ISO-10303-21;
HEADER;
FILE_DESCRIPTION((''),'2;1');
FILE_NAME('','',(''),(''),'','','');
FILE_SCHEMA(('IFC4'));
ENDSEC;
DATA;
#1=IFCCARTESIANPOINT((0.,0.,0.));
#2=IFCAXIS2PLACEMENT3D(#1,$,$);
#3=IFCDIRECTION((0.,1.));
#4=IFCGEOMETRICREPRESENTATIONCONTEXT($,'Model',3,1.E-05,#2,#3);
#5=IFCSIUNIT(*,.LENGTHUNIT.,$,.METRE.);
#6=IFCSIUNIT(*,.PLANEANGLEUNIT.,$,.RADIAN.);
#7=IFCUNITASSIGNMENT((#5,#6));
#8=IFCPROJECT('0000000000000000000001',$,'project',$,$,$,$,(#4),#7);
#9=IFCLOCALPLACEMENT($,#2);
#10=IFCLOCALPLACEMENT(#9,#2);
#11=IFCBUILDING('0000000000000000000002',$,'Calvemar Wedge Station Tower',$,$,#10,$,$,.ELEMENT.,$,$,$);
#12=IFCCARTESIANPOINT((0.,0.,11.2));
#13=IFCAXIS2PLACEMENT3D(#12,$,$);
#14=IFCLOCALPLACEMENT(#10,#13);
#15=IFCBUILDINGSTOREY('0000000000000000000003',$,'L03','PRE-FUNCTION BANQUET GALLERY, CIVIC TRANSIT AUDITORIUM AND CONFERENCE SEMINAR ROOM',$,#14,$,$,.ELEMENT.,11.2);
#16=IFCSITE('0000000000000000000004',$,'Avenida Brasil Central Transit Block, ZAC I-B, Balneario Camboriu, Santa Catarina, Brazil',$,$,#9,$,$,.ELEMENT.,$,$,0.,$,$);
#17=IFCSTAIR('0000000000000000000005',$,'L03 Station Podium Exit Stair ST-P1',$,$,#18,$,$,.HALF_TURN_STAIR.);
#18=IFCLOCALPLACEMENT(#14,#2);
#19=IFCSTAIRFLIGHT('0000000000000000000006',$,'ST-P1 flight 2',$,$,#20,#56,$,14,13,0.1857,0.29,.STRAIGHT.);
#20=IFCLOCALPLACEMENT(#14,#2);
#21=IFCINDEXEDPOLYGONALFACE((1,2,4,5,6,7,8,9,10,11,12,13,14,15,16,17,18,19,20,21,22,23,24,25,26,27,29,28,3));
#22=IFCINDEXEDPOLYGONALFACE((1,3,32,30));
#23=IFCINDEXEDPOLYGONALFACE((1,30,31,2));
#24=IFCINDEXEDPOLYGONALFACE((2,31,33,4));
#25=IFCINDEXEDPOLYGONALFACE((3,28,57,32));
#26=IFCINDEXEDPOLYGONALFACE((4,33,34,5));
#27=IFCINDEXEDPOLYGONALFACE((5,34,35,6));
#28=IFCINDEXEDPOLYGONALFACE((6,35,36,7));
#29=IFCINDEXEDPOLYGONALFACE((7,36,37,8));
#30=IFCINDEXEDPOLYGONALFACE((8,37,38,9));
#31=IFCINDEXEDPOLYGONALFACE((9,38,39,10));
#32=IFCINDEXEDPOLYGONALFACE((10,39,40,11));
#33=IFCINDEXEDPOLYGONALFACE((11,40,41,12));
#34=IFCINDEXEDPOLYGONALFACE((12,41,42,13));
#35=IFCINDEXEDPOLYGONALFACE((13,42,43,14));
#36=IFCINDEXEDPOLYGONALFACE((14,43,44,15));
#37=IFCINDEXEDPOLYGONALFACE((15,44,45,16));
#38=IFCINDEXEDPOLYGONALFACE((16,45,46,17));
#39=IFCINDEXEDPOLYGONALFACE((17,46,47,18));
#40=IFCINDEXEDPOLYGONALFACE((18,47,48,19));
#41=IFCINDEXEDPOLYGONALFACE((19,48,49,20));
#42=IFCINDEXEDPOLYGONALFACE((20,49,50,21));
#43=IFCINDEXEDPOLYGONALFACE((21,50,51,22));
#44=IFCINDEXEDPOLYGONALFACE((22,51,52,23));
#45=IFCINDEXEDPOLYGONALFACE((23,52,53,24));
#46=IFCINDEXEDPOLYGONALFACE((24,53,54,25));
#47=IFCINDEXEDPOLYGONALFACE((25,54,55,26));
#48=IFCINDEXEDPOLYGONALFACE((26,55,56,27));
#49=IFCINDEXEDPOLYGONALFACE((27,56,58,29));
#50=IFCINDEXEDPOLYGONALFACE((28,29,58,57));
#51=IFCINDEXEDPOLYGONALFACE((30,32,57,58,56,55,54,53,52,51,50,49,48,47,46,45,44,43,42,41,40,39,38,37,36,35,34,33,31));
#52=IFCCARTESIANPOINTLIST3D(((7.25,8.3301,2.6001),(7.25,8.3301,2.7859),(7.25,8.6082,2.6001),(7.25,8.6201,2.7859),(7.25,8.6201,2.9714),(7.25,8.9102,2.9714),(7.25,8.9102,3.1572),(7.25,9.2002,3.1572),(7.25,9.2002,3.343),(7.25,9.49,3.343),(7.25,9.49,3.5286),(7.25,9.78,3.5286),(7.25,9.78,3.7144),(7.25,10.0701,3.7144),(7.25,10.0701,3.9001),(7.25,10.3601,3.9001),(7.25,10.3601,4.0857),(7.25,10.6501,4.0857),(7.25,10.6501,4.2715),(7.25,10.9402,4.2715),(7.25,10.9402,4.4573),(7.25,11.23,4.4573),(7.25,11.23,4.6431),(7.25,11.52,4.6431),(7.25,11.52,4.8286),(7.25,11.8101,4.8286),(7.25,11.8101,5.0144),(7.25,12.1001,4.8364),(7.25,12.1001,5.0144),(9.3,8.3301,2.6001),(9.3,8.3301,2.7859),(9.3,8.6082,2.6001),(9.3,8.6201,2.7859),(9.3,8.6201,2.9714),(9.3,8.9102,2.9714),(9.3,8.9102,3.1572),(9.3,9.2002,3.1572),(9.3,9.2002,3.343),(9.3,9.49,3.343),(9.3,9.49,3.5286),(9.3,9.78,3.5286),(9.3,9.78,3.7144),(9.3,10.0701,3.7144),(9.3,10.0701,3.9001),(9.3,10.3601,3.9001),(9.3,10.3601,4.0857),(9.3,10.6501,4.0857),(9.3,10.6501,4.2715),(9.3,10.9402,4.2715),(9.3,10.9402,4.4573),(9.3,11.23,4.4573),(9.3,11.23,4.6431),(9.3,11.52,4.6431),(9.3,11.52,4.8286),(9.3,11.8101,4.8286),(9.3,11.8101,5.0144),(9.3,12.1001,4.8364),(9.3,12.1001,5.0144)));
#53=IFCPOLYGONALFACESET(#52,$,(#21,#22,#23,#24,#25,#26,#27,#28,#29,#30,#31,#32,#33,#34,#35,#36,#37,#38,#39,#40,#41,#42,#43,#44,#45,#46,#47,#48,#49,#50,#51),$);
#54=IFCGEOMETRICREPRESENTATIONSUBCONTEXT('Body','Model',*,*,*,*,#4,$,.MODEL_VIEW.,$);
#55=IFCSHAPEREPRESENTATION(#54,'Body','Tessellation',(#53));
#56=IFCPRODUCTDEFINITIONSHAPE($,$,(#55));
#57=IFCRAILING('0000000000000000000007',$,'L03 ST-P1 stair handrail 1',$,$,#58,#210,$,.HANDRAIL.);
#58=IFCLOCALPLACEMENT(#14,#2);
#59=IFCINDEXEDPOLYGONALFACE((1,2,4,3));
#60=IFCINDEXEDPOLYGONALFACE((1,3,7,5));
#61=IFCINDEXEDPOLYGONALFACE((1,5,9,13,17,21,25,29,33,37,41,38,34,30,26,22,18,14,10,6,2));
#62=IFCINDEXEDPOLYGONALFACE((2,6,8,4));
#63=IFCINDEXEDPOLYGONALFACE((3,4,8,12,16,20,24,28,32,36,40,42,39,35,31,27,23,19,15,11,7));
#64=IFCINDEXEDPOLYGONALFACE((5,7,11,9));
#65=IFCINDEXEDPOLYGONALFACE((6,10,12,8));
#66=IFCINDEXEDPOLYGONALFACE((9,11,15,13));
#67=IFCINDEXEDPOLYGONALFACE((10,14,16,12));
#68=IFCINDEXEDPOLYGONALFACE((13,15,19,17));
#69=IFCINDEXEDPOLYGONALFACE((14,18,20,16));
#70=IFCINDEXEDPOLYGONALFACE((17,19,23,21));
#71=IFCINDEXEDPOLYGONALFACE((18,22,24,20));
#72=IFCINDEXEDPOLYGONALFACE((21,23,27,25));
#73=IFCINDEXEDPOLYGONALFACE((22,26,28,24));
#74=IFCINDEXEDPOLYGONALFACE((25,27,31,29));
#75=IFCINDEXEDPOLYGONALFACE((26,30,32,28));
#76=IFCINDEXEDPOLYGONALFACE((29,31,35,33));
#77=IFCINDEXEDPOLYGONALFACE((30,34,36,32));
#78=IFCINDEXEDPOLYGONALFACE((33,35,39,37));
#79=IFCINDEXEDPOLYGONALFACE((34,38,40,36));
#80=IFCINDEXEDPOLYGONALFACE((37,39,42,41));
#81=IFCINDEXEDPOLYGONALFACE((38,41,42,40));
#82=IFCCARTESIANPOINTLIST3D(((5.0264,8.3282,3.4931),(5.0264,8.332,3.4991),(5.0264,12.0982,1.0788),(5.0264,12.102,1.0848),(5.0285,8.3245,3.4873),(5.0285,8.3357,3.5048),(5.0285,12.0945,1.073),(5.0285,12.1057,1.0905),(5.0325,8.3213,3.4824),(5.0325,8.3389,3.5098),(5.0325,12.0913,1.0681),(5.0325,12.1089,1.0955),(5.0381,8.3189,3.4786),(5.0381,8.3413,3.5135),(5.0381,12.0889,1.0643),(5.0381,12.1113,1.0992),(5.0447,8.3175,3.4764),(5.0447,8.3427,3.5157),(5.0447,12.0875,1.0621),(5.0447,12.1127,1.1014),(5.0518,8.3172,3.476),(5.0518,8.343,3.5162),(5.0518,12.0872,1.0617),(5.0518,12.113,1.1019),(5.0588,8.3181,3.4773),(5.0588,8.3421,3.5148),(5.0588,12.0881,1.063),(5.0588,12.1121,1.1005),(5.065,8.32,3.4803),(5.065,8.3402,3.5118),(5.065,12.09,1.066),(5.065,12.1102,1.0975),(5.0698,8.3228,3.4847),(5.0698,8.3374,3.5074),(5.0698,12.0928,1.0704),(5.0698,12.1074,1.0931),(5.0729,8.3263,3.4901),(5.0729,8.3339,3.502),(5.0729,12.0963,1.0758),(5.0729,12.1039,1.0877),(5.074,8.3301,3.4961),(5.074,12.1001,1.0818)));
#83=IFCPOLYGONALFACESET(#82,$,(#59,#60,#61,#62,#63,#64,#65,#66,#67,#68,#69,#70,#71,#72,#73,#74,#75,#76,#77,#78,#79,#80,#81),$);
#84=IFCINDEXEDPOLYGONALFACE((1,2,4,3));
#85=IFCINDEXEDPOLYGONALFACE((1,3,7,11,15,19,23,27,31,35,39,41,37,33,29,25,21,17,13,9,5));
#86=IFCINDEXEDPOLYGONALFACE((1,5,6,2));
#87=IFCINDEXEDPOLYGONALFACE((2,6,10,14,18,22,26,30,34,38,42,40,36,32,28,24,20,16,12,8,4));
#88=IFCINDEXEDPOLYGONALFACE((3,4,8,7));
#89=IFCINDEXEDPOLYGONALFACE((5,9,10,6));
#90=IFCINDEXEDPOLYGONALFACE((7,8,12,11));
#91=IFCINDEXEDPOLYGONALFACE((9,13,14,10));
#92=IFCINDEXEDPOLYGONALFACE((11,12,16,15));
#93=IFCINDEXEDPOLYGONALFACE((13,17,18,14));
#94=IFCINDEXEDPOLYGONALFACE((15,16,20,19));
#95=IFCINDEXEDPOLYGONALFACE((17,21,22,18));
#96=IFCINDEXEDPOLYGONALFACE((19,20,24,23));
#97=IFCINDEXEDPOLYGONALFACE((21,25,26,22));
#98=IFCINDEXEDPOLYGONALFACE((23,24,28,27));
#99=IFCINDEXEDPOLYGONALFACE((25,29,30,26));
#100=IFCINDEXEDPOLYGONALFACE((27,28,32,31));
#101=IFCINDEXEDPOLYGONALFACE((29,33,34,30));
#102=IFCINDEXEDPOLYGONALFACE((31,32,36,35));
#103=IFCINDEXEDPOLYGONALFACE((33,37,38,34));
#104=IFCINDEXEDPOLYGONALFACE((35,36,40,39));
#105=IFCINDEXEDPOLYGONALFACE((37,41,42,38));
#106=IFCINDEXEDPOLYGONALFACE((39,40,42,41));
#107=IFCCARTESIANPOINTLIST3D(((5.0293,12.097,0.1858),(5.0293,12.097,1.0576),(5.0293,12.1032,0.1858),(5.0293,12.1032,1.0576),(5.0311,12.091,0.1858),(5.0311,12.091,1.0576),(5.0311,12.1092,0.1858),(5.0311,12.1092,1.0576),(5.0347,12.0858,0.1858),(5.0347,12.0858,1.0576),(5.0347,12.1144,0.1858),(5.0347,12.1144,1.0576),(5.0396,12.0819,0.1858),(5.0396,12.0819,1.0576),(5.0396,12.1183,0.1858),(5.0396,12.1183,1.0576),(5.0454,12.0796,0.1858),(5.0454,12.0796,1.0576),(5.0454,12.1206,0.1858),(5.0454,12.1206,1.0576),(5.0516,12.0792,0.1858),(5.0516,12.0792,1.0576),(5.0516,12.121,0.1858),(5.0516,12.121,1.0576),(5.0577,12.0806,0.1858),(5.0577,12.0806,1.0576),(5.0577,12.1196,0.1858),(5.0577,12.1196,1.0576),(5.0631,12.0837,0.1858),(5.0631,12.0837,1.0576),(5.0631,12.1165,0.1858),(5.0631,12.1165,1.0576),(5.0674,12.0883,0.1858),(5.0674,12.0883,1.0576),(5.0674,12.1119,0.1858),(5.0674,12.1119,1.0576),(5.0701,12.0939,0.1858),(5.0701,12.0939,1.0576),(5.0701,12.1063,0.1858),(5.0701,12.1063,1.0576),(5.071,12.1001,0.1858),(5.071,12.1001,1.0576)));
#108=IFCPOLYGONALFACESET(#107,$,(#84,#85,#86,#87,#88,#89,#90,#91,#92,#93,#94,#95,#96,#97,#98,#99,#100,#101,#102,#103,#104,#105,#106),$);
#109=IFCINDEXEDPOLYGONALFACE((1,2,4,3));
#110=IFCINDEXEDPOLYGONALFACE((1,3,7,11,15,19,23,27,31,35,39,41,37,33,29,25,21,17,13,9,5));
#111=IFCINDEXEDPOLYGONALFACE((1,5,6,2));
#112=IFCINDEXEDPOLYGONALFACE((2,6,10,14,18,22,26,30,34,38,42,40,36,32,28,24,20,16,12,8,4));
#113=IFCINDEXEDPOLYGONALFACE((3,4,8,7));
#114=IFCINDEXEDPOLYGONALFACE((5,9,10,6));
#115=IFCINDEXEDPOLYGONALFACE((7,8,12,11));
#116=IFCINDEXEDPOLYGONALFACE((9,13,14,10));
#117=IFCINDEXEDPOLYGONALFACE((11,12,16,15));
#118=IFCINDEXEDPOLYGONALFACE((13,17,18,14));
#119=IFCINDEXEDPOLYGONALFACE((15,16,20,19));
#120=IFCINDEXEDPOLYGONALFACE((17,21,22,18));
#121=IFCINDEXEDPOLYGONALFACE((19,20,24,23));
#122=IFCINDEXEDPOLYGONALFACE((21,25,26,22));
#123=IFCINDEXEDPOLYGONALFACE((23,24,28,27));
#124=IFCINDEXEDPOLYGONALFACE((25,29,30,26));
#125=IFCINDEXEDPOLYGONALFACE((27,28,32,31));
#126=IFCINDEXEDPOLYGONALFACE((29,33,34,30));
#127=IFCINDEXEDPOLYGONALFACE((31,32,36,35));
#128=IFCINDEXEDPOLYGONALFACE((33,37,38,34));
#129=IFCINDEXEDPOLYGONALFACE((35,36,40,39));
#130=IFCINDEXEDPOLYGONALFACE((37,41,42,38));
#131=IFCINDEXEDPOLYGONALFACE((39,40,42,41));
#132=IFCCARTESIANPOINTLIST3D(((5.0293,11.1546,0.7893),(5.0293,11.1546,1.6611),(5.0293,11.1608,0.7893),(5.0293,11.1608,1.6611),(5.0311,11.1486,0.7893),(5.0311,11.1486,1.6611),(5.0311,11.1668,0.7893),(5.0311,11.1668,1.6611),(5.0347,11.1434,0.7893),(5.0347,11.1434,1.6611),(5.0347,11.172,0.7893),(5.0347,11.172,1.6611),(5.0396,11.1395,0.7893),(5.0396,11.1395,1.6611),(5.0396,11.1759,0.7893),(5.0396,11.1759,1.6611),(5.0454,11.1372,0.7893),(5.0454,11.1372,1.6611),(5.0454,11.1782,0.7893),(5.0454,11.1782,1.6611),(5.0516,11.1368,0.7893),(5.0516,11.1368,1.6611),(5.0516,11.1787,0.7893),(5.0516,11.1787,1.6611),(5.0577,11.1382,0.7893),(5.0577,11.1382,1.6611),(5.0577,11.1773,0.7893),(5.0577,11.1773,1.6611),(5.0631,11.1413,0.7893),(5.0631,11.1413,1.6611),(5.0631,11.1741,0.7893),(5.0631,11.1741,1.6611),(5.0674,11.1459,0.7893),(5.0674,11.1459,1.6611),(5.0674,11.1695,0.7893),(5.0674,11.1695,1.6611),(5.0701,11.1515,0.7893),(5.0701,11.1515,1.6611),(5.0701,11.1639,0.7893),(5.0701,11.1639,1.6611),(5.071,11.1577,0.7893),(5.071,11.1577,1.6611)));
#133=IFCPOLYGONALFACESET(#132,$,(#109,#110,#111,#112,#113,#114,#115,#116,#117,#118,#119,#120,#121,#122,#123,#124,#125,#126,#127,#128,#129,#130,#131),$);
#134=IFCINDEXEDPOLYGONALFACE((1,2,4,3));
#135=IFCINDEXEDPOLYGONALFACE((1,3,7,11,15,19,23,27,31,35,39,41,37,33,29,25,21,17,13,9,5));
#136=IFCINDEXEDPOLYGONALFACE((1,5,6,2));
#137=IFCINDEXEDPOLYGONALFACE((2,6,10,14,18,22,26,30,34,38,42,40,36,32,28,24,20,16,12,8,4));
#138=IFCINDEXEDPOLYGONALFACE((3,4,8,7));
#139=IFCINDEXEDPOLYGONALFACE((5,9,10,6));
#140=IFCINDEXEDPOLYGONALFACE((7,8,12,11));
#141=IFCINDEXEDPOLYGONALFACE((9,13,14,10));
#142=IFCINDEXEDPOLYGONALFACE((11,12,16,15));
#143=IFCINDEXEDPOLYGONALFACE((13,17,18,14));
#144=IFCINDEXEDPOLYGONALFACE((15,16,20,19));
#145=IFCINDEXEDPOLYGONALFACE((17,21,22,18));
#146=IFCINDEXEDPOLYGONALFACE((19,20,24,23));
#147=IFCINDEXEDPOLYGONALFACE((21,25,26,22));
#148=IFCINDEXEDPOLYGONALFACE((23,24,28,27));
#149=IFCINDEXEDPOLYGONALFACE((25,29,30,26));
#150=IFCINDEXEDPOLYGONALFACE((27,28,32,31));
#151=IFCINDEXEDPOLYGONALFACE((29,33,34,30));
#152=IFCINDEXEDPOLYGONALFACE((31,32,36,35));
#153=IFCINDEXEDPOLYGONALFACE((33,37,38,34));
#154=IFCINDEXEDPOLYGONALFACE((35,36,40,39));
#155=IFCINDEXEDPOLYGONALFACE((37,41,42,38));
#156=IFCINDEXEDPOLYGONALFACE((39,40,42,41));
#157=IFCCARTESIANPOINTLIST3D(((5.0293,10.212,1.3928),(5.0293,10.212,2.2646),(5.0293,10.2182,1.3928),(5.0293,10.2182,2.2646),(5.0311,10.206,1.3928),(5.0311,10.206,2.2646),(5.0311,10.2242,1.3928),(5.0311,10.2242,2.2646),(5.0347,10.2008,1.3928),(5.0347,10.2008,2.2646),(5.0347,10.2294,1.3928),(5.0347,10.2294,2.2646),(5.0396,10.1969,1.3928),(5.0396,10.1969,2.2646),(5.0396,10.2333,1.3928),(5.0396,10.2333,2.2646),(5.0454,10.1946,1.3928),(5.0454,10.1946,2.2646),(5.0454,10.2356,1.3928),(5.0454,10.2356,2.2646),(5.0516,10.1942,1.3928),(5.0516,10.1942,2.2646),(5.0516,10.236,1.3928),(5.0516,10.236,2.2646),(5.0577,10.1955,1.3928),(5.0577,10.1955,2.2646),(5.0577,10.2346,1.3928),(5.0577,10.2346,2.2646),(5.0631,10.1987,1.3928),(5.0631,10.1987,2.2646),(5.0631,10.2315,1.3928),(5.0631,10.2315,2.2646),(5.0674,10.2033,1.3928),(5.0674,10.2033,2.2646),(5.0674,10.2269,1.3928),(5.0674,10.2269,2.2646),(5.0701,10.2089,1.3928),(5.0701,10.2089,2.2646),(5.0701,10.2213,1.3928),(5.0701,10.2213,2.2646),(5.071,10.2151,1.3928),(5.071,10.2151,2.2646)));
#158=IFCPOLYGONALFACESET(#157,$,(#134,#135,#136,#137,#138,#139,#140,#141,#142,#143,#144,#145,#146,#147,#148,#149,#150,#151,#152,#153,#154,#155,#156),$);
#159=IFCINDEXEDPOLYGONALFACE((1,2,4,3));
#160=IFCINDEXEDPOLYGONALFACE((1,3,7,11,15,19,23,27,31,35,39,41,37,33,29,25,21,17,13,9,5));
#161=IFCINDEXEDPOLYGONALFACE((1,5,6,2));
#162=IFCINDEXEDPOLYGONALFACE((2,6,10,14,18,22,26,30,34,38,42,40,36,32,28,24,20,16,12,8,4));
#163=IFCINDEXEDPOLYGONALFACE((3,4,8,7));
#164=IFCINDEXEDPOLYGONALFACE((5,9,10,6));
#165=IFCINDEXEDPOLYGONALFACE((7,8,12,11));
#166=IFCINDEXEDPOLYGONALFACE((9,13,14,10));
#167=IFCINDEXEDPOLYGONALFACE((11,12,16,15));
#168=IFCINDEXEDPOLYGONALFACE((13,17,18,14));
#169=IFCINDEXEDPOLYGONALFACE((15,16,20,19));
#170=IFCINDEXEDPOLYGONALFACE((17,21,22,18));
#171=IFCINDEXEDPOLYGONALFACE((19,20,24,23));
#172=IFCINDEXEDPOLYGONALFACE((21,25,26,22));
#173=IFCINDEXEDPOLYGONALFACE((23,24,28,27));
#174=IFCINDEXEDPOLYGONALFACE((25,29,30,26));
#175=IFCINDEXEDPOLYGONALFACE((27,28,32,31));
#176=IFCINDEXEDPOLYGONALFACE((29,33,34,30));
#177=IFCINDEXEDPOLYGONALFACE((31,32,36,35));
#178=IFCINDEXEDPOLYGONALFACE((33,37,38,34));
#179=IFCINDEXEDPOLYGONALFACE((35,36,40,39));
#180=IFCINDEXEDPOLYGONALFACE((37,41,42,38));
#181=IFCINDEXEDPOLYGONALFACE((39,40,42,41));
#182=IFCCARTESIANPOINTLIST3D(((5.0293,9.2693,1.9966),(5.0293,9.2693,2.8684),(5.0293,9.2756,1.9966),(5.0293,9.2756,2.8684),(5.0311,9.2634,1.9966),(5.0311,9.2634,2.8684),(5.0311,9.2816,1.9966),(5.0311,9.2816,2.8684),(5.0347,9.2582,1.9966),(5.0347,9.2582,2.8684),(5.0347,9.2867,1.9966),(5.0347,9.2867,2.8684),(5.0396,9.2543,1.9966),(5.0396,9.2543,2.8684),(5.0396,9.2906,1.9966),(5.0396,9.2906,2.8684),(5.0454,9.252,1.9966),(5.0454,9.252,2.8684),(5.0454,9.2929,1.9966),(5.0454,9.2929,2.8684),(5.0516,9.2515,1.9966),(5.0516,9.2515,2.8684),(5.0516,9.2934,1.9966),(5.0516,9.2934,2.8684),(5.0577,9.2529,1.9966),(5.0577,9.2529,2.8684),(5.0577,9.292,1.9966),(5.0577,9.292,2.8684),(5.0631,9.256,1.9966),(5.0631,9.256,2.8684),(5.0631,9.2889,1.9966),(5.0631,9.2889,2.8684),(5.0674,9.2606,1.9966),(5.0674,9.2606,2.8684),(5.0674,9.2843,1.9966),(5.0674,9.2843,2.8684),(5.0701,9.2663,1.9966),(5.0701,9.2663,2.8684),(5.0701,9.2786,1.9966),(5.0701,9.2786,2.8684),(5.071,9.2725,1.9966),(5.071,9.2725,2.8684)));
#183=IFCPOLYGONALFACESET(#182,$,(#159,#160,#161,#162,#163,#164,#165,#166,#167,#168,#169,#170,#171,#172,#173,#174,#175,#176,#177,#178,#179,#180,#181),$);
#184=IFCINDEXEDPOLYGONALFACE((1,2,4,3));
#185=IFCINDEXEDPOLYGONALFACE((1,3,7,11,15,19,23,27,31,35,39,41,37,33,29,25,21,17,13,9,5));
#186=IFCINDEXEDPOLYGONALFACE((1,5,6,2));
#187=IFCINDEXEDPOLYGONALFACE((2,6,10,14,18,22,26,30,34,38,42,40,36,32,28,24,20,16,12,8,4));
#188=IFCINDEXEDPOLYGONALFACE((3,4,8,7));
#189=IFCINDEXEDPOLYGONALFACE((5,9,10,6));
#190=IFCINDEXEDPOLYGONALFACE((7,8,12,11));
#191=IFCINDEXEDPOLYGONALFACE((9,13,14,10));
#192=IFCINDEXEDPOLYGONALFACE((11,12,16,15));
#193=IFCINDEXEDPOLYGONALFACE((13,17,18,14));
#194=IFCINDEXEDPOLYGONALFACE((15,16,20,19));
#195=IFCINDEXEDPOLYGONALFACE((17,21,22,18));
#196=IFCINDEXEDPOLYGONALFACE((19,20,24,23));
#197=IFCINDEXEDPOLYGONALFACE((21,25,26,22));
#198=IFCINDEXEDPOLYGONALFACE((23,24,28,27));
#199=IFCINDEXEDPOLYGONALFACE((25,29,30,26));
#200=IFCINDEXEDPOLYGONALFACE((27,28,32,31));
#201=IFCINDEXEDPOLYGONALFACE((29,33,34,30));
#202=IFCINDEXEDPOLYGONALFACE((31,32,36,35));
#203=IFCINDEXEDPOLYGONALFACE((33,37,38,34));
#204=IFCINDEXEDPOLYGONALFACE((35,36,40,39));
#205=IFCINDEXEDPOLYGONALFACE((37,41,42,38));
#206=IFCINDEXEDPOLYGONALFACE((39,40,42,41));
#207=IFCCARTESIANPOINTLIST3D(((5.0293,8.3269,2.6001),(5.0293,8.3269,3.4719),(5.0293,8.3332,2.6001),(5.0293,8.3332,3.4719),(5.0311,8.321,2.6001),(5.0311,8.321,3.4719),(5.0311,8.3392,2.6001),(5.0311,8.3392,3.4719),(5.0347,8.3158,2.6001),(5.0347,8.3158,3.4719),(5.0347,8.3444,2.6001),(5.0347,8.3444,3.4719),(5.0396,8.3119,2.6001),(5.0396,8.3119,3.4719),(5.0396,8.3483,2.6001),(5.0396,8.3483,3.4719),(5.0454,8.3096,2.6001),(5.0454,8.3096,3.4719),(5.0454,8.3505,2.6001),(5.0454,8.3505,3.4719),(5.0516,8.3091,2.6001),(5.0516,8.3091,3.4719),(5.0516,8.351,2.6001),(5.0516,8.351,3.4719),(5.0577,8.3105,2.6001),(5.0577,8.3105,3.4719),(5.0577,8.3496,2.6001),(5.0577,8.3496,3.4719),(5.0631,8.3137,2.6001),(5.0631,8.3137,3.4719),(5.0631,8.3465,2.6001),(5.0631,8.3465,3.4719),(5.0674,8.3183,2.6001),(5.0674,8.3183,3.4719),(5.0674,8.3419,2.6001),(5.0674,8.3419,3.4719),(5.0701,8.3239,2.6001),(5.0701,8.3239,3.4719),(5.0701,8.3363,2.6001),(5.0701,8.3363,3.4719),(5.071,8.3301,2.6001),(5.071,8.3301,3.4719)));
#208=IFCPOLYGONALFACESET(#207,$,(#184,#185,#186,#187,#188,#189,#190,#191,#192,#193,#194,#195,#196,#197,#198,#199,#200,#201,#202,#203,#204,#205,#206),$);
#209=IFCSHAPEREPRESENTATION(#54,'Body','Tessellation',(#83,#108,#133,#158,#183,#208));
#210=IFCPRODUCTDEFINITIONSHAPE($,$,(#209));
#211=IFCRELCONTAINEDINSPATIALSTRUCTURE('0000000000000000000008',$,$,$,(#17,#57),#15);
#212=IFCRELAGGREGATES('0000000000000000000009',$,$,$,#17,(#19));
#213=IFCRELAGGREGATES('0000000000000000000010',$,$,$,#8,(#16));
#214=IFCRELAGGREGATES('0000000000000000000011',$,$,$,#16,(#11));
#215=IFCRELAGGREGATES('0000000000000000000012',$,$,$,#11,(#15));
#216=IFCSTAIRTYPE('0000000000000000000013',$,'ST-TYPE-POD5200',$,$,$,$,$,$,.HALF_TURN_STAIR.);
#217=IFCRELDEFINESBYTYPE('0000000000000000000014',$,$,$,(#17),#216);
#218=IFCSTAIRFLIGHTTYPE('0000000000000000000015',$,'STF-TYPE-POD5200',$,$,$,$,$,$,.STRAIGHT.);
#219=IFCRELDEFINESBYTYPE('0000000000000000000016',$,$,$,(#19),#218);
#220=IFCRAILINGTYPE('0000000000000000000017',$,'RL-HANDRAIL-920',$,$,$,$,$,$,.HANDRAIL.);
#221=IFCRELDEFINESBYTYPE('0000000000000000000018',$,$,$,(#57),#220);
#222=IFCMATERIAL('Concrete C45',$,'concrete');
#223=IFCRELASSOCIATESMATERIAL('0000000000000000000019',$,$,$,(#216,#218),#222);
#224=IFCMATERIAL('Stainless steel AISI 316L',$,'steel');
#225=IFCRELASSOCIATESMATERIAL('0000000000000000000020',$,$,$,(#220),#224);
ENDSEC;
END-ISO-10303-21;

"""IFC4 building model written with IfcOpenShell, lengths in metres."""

from ifc_helpers import new_model, si_unit, direction, frame, origin, origin_2d, place, context, subcontext, project, spatial, polyline, circle, outline, extrude, material, type_object, element, aggregate, save


model = new_model("IFC4")

# Units and contexts
model_context = context("Model", 3, precision=1e-05, world=origin(), true_north=direction((0.0, 1.0)))
body_context = subcontext(model_context, "Body", "Model", "MODEL_VIEW")
ifc_project = project(units=[si_unit("LENGTHUNIT", "METRE"), si_unit("PLANEANGLEUNIT", "RADIAN")], contexts=[model_context])

# Site, building, storey
site_placement = place(None, origin())
site = spatial("IfcSite", under=ifc_project, at=site_placement, Name="Avenida Brasil Central Transit Block, ZAC I-B, Balneario Camboriu, Santa Catarina, Brazil", CompositionType="ELEMENT", RefElevation=0.0)
building_placement = place(site_placement, origin())
building = spatial("IfcBuilding", under=site, at=building_placement, Name="Calvemar Wedge Station Tower", CompositionType="ELEMENT")
storey_placement = place(building_placement, frame((0.0, 0.0, 11.2)))
storey = spatial("IfcBuildingStorey", under=building, at=storey_placement, Name="L03", Description="PRE-FUNCTION BANQUET GALLERY, CIVIC TRANSIT AUDITORIUM AND CONFERENCE SEMINAR ROOM", CompositionType="ELEMENT", Elevation=11.2)

# Stair, stair flight
ifc_material_1 = material(Name="Concrete C45", Category="concrete")
stair_type = type_object("IfcStairType", Name="ST-TYPE-POD5200", PredefinedType="HALF_TURN_STAIR", material=ifc_material_1)
stair_placement = place(storey_placement, origin())
stair = element("IfcStair", 1, at=stair_placement, inside=storey, type_object=stair_type, Name="L03 Station Podium Exit Stair ST-P1", PredefinedType="HALF_TURN_STAIR")
stair_flight_type = type_object("IfcStairFlightType", Name="STF-TYPE-POD5200", PredefinedType="STRAIGHT", material=ifc_material_1)
stair_flight_1_placement = place(storey_placement, frame((8.2749, 8.3301, 2.6001), z_axis=(0.0, 0.0, 1.0), x_axis=(0.0, 1.0, 0.0)))
stair_flight_1 = element("IfcStairFlight", 2, at=stair_flight_1_placement, type_object=stair_flight_type, Name="ST-P1 flight 2", NumberOfRisers=14, NumberOfTreads=13, PredefinedType="STRAIGHT", RiserHeight=0.1857, TreadLength=0.29, context=body_context, shape_type="SweptSolid", body=[
    extrude(outline(polyline([(0.0, 0.0), (0.0, 0.1858), (0.29, 0.1858), (0.29, 0.3713), (0.5801, 0.3713), (0.5801, 0.5571), (0.8701, 0.5571), (0.8701, 0.7429), (1.1599, 0.7429), (1.1599, 0.9285), (1.45, 0.9285), (1.45, 1.1143), (1.74, 1.1143), (1.74, 1.3), (2.03, 1.3), (2.03, 1.4856), (2.3201, 1.4856), (2.3201, 1.6714), (2.6101, 1.6714), (2.6101, 1.8572), (2.8999, 1.8572), (2.8999, 2.043), (3.1899, 2.043), (3.1899, 2.2285), (3.48, 2.2285), (3.48, 2.4143), (3.77, 2.4143), (3.77, 2.6001), (3.77, 2.2363), (0.2781, 0.0), (0.0, 0.0)])), frame((0.0, 1.0249, 0.0), z_axis=(0.0, -1.0, 0.0), x_axis=(1.0, 0.0, 0.0)), (0.0, 0.0, 1.0), 2.05),
])
aggregate(stair, [stair_flight_1])

# Railing
ifc_material_2 = material(Name="Stainless steel AISI 316L", Category="steel")
railing_type_1 = type_object("IfcRailingType", Name="RL-HANDRAIL-920", PredefinedType="HANDRAIL", material=ifc_material_2)
railing_1_placement = place(storey_placement, frame((5.05, 12.1001, 0.1858)))
element("IfcRailing", 3, at=railing_1_placement, inside=storey, type_object=railing_type_1, Name="L03 ST-P1 stair handrail 1", PredefinedType="HANDRAIL", context=body_context, shape_type="SweptSolid", body=[
    extrude(circle(Radius=0.0239, at=origin_2d()), frame((0.0, 0.0, 0.896), z_axis=(0.0, -0.84212, 0.53929), x_axis=(1.0, 0.0, 0.0)), (0.0, 0.0, 1.0), 4.4768),
    extrude(circle(Radius=0.021, at=origin_2d()), origin(), (0.0, 0.0, 1.0), 0.8718),
    extrude(circle(Radius=0.021, at=origin_2d()), frame((0.0, -0.9424, 0.6035)), (0.0, 0.0, 1.0), 0.8718),
    extrude(circle(Radius=0.021, at=origin_2d()), frame((0.0, -1.885, 1.207)), (0.0, 0.0, 1.0), 0.8718),
    extrude(circle(Radius=0.021, at=origin_2d()), frame((0.0, -2.8276, 1.8108)), (0.0, 0.0, 1.0), 0.8718),
    extrude(circle(Radius=0.021, at=origin_2d()), frame((0.0, -3.77, 2.4143)), (0.0, 0.0, 1.0), 0.8718),
])

save(model, "model.ifc")
